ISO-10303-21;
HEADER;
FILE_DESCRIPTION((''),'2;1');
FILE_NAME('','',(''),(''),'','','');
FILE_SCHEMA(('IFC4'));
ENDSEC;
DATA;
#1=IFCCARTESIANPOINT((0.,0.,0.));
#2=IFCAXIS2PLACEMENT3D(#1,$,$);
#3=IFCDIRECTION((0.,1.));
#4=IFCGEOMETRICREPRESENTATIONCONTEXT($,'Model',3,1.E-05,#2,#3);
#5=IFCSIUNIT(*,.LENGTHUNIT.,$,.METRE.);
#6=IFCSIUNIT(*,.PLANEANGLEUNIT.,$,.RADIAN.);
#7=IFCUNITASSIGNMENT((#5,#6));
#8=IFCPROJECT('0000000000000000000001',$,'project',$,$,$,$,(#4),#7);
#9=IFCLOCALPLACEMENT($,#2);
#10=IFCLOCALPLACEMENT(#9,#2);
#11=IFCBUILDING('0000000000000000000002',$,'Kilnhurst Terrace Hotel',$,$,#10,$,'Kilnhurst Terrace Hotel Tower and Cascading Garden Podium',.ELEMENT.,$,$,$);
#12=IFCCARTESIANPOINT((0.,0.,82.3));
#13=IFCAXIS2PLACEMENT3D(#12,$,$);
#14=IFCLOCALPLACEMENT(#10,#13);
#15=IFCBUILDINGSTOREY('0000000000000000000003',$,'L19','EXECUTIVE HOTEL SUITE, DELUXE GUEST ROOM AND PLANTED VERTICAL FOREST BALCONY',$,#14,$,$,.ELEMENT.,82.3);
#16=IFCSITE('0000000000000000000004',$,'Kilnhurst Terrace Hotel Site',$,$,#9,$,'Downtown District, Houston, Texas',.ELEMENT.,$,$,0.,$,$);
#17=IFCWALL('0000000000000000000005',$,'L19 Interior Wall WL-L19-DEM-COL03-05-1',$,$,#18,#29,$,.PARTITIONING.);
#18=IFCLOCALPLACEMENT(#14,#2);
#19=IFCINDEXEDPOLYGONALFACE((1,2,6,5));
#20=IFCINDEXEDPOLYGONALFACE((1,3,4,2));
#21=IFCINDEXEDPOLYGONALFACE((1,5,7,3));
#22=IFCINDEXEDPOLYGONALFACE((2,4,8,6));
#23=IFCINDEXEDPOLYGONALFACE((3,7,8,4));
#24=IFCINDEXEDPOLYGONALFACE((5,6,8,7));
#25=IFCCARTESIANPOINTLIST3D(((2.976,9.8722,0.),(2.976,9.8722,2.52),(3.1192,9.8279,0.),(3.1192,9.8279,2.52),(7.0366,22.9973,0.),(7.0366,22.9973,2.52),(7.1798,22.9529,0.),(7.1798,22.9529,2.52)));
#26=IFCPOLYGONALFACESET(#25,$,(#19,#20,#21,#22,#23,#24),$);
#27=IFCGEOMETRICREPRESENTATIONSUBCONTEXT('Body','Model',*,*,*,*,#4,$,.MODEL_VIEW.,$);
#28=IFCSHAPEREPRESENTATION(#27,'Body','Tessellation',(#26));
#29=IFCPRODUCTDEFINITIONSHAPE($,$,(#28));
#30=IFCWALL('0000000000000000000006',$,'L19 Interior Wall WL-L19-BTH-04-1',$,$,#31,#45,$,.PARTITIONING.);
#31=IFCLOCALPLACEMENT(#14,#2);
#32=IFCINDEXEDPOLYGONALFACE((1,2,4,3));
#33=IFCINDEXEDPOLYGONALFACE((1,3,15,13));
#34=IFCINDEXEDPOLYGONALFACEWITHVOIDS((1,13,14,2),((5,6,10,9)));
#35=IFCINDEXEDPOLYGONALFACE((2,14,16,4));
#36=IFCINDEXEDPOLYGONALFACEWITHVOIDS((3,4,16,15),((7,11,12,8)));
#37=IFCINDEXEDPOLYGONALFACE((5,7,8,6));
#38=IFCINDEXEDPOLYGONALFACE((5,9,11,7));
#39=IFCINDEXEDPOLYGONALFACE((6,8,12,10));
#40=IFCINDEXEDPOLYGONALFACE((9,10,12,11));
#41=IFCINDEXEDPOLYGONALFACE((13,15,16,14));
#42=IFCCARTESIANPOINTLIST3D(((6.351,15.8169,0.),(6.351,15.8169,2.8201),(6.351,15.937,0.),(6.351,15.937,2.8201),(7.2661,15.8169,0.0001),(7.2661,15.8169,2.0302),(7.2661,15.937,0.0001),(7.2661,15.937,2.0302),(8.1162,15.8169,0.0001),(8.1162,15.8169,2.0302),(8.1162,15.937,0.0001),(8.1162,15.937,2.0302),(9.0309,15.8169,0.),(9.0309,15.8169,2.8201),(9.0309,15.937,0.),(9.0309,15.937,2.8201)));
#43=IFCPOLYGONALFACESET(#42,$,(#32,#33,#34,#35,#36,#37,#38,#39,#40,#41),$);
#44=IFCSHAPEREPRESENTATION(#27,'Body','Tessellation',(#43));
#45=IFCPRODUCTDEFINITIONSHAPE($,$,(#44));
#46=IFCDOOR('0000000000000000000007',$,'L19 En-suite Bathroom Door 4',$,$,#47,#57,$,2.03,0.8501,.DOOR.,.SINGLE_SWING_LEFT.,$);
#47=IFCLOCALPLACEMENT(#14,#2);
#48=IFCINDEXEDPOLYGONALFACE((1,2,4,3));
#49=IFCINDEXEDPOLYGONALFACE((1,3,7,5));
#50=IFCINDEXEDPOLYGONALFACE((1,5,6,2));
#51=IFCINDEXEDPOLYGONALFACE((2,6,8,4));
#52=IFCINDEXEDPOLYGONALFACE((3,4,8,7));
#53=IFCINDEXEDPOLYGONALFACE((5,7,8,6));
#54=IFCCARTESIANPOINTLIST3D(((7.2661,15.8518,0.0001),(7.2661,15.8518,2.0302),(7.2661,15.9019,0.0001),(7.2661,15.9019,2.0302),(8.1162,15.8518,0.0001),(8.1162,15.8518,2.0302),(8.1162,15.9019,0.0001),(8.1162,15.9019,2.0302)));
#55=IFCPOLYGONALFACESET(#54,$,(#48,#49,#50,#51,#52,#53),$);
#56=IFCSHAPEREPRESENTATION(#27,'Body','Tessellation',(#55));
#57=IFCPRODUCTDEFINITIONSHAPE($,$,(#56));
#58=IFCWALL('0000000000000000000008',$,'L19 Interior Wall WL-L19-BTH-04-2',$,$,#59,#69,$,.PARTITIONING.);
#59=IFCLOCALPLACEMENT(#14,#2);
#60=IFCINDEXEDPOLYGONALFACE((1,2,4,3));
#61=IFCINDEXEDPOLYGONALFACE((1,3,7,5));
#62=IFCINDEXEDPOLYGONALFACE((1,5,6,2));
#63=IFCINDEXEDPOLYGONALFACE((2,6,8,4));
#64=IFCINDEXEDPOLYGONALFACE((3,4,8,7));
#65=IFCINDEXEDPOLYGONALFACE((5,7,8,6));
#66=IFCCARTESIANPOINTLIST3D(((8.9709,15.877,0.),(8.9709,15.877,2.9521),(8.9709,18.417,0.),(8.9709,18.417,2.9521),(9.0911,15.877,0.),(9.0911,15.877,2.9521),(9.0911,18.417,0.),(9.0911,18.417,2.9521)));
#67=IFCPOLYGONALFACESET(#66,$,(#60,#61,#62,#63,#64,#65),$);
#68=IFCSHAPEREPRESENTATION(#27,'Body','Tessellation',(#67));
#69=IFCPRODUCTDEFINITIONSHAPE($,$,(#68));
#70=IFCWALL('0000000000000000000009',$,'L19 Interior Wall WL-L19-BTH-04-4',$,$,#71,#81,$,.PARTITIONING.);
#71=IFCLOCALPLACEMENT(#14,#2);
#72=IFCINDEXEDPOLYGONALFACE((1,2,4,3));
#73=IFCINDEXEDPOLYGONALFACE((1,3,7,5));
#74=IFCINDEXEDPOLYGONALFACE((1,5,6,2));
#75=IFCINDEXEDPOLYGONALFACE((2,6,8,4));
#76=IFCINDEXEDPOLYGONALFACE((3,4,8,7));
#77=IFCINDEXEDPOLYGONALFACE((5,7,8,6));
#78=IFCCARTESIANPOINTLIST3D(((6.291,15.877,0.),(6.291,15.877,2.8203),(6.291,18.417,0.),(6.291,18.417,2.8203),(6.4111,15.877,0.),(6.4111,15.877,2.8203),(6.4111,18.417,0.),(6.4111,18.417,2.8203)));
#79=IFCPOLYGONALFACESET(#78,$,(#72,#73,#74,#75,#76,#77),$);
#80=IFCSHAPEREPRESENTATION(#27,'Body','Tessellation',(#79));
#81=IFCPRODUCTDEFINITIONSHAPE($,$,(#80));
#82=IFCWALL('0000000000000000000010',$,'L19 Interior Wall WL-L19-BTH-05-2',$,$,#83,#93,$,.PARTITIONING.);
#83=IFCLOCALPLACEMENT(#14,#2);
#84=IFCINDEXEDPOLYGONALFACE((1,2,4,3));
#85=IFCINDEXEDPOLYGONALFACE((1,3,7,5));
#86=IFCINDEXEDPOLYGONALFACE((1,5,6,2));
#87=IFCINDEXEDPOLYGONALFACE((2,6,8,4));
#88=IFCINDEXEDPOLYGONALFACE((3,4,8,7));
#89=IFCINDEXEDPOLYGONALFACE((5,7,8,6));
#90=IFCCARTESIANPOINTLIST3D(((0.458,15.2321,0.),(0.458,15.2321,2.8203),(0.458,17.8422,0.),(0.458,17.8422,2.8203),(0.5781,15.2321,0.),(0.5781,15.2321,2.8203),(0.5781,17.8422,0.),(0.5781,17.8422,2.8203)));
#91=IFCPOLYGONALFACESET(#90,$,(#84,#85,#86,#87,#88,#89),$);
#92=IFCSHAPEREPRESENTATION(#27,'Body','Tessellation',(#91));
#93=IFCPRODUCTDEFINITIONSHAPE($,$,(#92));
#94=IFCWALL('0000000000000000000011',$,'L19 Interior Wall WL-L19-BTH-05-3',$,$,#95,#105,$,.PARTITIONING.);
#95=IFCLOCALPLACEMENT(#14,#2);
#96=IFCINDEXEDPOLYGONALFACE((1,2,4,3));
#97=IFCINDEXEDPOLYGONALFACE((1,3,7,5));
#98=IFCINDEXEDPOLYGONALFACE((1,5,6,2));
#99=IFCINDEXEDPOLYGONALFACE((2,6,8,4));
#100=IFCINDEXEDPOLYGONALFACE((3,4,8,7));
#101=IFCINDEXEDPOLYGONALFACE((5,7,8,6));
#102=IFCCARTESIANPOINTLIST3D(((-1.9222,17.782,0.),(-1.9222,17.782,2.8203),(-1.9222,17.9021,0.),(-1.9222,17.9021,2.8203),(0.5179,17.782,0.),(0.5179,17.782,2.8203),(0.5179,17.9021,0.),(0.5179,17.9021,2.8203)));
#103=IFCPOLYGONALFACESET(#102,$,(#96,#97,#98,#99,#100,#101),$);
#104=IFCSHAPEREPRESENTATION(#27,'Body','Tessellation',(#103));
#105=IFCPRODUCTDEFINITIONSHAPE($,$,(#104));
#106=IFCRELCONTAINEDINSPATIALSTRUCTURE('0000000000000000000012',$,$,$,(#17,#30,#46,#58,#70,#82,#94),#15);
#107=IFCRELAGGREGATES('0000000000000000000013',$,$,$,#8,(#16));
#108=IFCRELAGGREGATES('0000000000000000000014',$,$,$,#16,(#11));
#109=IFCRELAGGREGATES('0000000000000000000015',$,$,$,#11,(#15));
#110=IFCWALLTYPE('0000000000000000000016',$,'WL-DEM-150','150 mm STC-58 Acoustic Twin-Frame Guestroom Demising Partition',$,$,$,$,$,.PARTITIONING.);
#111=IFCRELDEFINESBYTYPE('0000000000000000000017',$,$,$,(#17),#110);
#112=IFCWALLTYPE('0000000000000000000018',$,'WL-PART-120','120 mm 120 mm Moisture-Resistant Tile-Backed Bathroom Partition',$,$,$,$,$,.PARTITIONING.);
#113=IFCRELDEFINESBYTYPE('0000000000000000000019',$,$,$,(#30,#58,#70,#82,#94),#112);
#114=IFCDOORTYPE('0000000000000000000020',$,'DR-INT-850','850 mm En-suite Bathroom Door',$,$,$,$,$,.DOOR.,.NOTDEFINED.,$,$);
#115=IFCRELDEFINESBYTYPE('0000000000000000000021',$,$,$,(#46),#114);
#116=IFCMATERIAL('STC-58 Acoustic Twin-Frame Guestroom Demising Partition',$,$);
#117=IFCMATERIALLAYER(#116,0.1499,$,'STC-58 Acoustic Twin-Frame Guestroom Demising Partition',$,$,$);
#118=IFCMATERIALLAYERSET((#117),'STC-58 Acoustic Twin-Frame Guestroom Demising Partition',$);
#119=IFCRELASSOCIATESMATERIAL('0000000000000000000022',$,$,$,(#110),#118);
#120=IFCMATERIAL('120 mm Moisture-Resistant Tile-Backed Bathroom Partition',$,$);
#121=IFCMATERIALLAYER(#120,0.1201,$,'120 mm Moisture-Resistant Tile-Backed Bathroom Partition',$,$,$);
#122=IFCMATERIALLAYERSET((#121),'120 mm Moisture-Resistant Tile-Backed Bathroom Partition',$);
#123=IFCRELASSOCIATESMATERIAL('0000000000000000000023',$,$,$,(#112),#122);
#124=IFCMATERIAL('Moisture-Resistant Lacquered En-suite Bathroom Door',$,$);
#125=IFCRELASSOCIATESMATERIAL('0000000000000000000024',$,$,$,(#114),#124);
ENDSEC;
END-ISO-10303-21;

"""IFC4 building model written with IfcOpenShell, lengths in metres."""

from ifc_helpers import new_model, si_unit, direction, frame, frame_2d, origin, place, context, subcontext, project, spatial, rectangle, extrude, material, layer, layer_set, type_object, element, fill, save


model = new_model("IFC4")

# Units and contexts
model_context = context("Model", 3, precision=1e-05, world=origin(), true_north=direction((0.0, 1.0)))
body_context = subcontext(model_context, "Body", "Model", "MODEL_VIEW")
ifc_project = project(units=[si_unit("LENGTHUNIT", "METRE"), si_unit("PLANEANGLEUNIT", "RADIAN")], contexts=[model_context])

# Site, building, storey
site_placement = place(None, origin())
site = spatial("IfcSite", under=ifc_project, at=site_placement, Name="Kilnhurst Terrace Hotel Site", LongName="Downtown District, Houston, Texas", CompositionType="ELEMENT", RefElevation=0.0)
building_placement = place(site_placement, origin())
building = spatial("IfcBuilding", under=site, at=building_placement, Name="Kilnhurst Terrace Hotel", LongName="Kilnhurst Terrace Hotel Tower and Cascading Garden Podium", CompositionType="ELEMENT")
storey_placement = place(building_placement, frame((0.0, 0.0, 82.3)))
storey = spatial("IfcBuildingStorey", under=building, at=storey_placement, Name="L19", Description="EXECUTIVE HOTEL SUITE, DELUXE GUEST ROOM AND PLANTED VERTICAL FOREST BALCONY", CompositionType="ELEMENT", Elevation=82.3)

# Wall
ifc_material_1 = material(Name="STC-58 Acoustic Twin-Frame Guestroom Demising Partition")
ifc_layer_1 = layer(ifc_material_1, 0.1499, Name="STC-58 Acoustic Twin-Frame Guestroom Demising Partition")
ifc_layer_set_1 = layer_set([ifc_layer_1], Name="STC-58 Acoustic Twin-Frame Guestroom Demising Partition")
wall_type_1 = type_object("IfcWallType", Name="WL-DEM-150", Description="150 mm STC-58 Acoustic Twin-Frame Guestroom Demising Partition", PredefinedType="PARTITIONING", material=ifc_layer_set_1)
wall_1_placement = place(storey_placement, frame((3.0476, 9.8501, 0.0), z_axis=(0.0, 0.0, 1.0), x_axis=(0.295554, 0.955326, 0.0)))
element("IfcWall", 1, at=wall_1_placement, inside=storey, type_object=wall_type_1, Name="L19 Interior Wall WL-L19-DEM-COL03-05-1", PredefinedType="PARTITIONING", context=body_context, shape_type="SweptSolid", body=[
    extrude(rectangle(XDim=13.7388, YDim=0.1499, at=frame_2d((6.8694, 0.0))), origin(), (0.0, 0.0, 1.0), 2.52),
])

# Wall, opening, door
ifc_material_2 = material(Name="120 mm Moisture-Resistant Tile-Backed Bathroom Partition")
ifc_layer_2 = layer(ifc_material_2, 0.1201, Name="120 mm Moisture-Resistant Tile-Backed Bathroom Partition")
ifc_layer_set_2 = layer_set([ifc_layer_2], Name="120 mm Moisture-Resistant Tile-Backed Bathroom Partition")
wall_type_2 = type_object("IfcWallType", Name="WL-PART-120", Description="120 mm 120 mm Moisture-Resistant Tile-Backed Bathroom Partition", PredefinedType="PARTITIONING", material=ifc_layer_set_2)
wall_2_placement = place(storey_placement, frame((6.3511, 15.877, 0.0), z_axis=(0.0, 0.0, 1.0), x_axis=(1.0, 0.0, 0.0)))
wall_2 = element("IfcWall", 2, at=wall_2_placement, inside=storey, type_object=wall_type_2, Name="L19 Interior Wall WL-L19-BTH-04-1", PredefinedType="PARTITIONING", context=body_context, shape_type="SweptSolid", body=[
    extrude(rectangle(XDim=2.6799, YDim=0.1201, at=frame_2d((1.3398, 0.0))), origin(), (0.0, 0.0, 1.0), 2.8201),
])
opening_placement = place(wall_2_placement, frame((0.915, 0.0, 0.0)))
opening = element("IfcOpeningElement", 3, at=opening_placement, cuts=wall_2, PredefinedType="OPENING", context=body_context, shape_type="SweptSolid", body=[
    extrude(rectangle(XDim=0.8501, YDim=2.03, at=frame_2d((0.425, 1.0151))), frame((0.0, 0.0701, 0.0), z_axis=(0.0, -1.0, 0.0), x_axis=(1.0, 0.0, 0.0)), (0.0, 0.0, 1.0), 0.1401),
])
ifc_material_3 = material(Name="Moisture-Resistant Lacquered En-suite Bathroom Door")
door_type = type_object("IfcDoorType", Name="DR-INT-850", Description="850 mm En-suite Bathroom Door", OperationType="NOTDEFINED", PredefinedType="DOOR", material=ifc_material_3)
door_placement = place(opening_placement, origin())
door = element("IfcDoor", 4, at=door_placement, inside=storey, type_object=door_type, Name="L19 En-suite Bathroom Door 4", OperationType="SINGLE_SWING_LEFT", OverallHeight=2.03, OverallWidth=0.8501, PredefinedType="DOOR", context=body_context, shape_type="SweptSolid", body=[
    extrude(rectangle(XDim=0.8501, YDim=2.03, at=frame_2d((0.425, 1.0151))), frame((0.0, 0.0249, 0.0), z_axis=(0.0, -1.0, 0.0), x_axis=(1.0, 0.0, 0.0)), (0.0, 0.0, 1.0), 0.05),
])
fill(opening, door)

# Walls
wall_3_placement = place(storey_placement, frame((9.031, 15.877, 0.0), z_axis=(0.0, 0.0, 1.0), x_axis=(0.0, 1.0, 0.0)))
element("IfcWall", 5, at=wall_3_placement, inside=storey, type_object=wall_type_2, Name="L19 Interior Wall WL-L19-BTH-04-2", PredefinedType="PARTITIONING", context=body_context, shape_type="SweptSolid", body=[
    extrude(rectangle(XDim=2.54, YDim=0.1201, at=frame_2d((1.27, 0.0))), origin(), (0.0, 0.0, 1.0), 2.9521),
])
wall_4_placement = place(storey_placement, frame((6.3511, 18.417, 0.0), z_axis=(0.0, 0.0, 1.0), x_axis=(0.0, -1.0, 0.0)))
element("IfcWall", 6, at=wall_4_placement, inside=storey, type_object=wall_type_2, Name="L19 Interior Wall WL-L19-BTH-04-4", PredefinedType="PARTITIONING", context=body_context, shape_type="SweptSolid", body=[
    extrude(rectangle(XDim=2.54, YDim=0.1201, at=frame_2d((1.27, 0.0))), origin(), (0.0, 0.0, 1.0), 2.8203),
])
wall_5_placement = place(storey_placement, frame((0.5181, 15.2319, 0.0), z_axis=(0.0, 0.0, 1.0), x_axis=(0.0, 1.0, 0.0)))
element("IfcWall", 7, at=wall_5_placement, inside=storey, type_object=wall_type_2, Name="L19 Interior Wall WL-L19-BTH-05-2", PredefinedType="PARTITIONING", context=body_context, shape_type="SweptSolid", body=[
    extrude(rectangle(XDim=2.6101, YDim=0.1201, at=frame_2d((1.3052, 0.0))), origin(), (0.0, 0.0, 1.0), 2.8203),
])
wall_6_placement = place(storey_placement, frame((0.5181, 17.842, 0.0), z_axis=(0.0, 0.0, 1.0), x_axis=(-1.0, 0.0, 0.0)))
element("IfcWall", 8, at=wall_6_placement, inside=storey, type_object=wall_type_2, Name="L19 Interior Wall WL-L19-BTH-05-3", PredefinedType="PARTITIONING", context=body_context, shape_type="SweptSolid", body=[
    extrude(rectangle(XDim=2.4402, YDim=0.1201, at=frame_2d((1.2202, 0.0))), origin(), (0.0, 0.0, 1.0), 2.8203),
])

save(model, "model.ifc")
